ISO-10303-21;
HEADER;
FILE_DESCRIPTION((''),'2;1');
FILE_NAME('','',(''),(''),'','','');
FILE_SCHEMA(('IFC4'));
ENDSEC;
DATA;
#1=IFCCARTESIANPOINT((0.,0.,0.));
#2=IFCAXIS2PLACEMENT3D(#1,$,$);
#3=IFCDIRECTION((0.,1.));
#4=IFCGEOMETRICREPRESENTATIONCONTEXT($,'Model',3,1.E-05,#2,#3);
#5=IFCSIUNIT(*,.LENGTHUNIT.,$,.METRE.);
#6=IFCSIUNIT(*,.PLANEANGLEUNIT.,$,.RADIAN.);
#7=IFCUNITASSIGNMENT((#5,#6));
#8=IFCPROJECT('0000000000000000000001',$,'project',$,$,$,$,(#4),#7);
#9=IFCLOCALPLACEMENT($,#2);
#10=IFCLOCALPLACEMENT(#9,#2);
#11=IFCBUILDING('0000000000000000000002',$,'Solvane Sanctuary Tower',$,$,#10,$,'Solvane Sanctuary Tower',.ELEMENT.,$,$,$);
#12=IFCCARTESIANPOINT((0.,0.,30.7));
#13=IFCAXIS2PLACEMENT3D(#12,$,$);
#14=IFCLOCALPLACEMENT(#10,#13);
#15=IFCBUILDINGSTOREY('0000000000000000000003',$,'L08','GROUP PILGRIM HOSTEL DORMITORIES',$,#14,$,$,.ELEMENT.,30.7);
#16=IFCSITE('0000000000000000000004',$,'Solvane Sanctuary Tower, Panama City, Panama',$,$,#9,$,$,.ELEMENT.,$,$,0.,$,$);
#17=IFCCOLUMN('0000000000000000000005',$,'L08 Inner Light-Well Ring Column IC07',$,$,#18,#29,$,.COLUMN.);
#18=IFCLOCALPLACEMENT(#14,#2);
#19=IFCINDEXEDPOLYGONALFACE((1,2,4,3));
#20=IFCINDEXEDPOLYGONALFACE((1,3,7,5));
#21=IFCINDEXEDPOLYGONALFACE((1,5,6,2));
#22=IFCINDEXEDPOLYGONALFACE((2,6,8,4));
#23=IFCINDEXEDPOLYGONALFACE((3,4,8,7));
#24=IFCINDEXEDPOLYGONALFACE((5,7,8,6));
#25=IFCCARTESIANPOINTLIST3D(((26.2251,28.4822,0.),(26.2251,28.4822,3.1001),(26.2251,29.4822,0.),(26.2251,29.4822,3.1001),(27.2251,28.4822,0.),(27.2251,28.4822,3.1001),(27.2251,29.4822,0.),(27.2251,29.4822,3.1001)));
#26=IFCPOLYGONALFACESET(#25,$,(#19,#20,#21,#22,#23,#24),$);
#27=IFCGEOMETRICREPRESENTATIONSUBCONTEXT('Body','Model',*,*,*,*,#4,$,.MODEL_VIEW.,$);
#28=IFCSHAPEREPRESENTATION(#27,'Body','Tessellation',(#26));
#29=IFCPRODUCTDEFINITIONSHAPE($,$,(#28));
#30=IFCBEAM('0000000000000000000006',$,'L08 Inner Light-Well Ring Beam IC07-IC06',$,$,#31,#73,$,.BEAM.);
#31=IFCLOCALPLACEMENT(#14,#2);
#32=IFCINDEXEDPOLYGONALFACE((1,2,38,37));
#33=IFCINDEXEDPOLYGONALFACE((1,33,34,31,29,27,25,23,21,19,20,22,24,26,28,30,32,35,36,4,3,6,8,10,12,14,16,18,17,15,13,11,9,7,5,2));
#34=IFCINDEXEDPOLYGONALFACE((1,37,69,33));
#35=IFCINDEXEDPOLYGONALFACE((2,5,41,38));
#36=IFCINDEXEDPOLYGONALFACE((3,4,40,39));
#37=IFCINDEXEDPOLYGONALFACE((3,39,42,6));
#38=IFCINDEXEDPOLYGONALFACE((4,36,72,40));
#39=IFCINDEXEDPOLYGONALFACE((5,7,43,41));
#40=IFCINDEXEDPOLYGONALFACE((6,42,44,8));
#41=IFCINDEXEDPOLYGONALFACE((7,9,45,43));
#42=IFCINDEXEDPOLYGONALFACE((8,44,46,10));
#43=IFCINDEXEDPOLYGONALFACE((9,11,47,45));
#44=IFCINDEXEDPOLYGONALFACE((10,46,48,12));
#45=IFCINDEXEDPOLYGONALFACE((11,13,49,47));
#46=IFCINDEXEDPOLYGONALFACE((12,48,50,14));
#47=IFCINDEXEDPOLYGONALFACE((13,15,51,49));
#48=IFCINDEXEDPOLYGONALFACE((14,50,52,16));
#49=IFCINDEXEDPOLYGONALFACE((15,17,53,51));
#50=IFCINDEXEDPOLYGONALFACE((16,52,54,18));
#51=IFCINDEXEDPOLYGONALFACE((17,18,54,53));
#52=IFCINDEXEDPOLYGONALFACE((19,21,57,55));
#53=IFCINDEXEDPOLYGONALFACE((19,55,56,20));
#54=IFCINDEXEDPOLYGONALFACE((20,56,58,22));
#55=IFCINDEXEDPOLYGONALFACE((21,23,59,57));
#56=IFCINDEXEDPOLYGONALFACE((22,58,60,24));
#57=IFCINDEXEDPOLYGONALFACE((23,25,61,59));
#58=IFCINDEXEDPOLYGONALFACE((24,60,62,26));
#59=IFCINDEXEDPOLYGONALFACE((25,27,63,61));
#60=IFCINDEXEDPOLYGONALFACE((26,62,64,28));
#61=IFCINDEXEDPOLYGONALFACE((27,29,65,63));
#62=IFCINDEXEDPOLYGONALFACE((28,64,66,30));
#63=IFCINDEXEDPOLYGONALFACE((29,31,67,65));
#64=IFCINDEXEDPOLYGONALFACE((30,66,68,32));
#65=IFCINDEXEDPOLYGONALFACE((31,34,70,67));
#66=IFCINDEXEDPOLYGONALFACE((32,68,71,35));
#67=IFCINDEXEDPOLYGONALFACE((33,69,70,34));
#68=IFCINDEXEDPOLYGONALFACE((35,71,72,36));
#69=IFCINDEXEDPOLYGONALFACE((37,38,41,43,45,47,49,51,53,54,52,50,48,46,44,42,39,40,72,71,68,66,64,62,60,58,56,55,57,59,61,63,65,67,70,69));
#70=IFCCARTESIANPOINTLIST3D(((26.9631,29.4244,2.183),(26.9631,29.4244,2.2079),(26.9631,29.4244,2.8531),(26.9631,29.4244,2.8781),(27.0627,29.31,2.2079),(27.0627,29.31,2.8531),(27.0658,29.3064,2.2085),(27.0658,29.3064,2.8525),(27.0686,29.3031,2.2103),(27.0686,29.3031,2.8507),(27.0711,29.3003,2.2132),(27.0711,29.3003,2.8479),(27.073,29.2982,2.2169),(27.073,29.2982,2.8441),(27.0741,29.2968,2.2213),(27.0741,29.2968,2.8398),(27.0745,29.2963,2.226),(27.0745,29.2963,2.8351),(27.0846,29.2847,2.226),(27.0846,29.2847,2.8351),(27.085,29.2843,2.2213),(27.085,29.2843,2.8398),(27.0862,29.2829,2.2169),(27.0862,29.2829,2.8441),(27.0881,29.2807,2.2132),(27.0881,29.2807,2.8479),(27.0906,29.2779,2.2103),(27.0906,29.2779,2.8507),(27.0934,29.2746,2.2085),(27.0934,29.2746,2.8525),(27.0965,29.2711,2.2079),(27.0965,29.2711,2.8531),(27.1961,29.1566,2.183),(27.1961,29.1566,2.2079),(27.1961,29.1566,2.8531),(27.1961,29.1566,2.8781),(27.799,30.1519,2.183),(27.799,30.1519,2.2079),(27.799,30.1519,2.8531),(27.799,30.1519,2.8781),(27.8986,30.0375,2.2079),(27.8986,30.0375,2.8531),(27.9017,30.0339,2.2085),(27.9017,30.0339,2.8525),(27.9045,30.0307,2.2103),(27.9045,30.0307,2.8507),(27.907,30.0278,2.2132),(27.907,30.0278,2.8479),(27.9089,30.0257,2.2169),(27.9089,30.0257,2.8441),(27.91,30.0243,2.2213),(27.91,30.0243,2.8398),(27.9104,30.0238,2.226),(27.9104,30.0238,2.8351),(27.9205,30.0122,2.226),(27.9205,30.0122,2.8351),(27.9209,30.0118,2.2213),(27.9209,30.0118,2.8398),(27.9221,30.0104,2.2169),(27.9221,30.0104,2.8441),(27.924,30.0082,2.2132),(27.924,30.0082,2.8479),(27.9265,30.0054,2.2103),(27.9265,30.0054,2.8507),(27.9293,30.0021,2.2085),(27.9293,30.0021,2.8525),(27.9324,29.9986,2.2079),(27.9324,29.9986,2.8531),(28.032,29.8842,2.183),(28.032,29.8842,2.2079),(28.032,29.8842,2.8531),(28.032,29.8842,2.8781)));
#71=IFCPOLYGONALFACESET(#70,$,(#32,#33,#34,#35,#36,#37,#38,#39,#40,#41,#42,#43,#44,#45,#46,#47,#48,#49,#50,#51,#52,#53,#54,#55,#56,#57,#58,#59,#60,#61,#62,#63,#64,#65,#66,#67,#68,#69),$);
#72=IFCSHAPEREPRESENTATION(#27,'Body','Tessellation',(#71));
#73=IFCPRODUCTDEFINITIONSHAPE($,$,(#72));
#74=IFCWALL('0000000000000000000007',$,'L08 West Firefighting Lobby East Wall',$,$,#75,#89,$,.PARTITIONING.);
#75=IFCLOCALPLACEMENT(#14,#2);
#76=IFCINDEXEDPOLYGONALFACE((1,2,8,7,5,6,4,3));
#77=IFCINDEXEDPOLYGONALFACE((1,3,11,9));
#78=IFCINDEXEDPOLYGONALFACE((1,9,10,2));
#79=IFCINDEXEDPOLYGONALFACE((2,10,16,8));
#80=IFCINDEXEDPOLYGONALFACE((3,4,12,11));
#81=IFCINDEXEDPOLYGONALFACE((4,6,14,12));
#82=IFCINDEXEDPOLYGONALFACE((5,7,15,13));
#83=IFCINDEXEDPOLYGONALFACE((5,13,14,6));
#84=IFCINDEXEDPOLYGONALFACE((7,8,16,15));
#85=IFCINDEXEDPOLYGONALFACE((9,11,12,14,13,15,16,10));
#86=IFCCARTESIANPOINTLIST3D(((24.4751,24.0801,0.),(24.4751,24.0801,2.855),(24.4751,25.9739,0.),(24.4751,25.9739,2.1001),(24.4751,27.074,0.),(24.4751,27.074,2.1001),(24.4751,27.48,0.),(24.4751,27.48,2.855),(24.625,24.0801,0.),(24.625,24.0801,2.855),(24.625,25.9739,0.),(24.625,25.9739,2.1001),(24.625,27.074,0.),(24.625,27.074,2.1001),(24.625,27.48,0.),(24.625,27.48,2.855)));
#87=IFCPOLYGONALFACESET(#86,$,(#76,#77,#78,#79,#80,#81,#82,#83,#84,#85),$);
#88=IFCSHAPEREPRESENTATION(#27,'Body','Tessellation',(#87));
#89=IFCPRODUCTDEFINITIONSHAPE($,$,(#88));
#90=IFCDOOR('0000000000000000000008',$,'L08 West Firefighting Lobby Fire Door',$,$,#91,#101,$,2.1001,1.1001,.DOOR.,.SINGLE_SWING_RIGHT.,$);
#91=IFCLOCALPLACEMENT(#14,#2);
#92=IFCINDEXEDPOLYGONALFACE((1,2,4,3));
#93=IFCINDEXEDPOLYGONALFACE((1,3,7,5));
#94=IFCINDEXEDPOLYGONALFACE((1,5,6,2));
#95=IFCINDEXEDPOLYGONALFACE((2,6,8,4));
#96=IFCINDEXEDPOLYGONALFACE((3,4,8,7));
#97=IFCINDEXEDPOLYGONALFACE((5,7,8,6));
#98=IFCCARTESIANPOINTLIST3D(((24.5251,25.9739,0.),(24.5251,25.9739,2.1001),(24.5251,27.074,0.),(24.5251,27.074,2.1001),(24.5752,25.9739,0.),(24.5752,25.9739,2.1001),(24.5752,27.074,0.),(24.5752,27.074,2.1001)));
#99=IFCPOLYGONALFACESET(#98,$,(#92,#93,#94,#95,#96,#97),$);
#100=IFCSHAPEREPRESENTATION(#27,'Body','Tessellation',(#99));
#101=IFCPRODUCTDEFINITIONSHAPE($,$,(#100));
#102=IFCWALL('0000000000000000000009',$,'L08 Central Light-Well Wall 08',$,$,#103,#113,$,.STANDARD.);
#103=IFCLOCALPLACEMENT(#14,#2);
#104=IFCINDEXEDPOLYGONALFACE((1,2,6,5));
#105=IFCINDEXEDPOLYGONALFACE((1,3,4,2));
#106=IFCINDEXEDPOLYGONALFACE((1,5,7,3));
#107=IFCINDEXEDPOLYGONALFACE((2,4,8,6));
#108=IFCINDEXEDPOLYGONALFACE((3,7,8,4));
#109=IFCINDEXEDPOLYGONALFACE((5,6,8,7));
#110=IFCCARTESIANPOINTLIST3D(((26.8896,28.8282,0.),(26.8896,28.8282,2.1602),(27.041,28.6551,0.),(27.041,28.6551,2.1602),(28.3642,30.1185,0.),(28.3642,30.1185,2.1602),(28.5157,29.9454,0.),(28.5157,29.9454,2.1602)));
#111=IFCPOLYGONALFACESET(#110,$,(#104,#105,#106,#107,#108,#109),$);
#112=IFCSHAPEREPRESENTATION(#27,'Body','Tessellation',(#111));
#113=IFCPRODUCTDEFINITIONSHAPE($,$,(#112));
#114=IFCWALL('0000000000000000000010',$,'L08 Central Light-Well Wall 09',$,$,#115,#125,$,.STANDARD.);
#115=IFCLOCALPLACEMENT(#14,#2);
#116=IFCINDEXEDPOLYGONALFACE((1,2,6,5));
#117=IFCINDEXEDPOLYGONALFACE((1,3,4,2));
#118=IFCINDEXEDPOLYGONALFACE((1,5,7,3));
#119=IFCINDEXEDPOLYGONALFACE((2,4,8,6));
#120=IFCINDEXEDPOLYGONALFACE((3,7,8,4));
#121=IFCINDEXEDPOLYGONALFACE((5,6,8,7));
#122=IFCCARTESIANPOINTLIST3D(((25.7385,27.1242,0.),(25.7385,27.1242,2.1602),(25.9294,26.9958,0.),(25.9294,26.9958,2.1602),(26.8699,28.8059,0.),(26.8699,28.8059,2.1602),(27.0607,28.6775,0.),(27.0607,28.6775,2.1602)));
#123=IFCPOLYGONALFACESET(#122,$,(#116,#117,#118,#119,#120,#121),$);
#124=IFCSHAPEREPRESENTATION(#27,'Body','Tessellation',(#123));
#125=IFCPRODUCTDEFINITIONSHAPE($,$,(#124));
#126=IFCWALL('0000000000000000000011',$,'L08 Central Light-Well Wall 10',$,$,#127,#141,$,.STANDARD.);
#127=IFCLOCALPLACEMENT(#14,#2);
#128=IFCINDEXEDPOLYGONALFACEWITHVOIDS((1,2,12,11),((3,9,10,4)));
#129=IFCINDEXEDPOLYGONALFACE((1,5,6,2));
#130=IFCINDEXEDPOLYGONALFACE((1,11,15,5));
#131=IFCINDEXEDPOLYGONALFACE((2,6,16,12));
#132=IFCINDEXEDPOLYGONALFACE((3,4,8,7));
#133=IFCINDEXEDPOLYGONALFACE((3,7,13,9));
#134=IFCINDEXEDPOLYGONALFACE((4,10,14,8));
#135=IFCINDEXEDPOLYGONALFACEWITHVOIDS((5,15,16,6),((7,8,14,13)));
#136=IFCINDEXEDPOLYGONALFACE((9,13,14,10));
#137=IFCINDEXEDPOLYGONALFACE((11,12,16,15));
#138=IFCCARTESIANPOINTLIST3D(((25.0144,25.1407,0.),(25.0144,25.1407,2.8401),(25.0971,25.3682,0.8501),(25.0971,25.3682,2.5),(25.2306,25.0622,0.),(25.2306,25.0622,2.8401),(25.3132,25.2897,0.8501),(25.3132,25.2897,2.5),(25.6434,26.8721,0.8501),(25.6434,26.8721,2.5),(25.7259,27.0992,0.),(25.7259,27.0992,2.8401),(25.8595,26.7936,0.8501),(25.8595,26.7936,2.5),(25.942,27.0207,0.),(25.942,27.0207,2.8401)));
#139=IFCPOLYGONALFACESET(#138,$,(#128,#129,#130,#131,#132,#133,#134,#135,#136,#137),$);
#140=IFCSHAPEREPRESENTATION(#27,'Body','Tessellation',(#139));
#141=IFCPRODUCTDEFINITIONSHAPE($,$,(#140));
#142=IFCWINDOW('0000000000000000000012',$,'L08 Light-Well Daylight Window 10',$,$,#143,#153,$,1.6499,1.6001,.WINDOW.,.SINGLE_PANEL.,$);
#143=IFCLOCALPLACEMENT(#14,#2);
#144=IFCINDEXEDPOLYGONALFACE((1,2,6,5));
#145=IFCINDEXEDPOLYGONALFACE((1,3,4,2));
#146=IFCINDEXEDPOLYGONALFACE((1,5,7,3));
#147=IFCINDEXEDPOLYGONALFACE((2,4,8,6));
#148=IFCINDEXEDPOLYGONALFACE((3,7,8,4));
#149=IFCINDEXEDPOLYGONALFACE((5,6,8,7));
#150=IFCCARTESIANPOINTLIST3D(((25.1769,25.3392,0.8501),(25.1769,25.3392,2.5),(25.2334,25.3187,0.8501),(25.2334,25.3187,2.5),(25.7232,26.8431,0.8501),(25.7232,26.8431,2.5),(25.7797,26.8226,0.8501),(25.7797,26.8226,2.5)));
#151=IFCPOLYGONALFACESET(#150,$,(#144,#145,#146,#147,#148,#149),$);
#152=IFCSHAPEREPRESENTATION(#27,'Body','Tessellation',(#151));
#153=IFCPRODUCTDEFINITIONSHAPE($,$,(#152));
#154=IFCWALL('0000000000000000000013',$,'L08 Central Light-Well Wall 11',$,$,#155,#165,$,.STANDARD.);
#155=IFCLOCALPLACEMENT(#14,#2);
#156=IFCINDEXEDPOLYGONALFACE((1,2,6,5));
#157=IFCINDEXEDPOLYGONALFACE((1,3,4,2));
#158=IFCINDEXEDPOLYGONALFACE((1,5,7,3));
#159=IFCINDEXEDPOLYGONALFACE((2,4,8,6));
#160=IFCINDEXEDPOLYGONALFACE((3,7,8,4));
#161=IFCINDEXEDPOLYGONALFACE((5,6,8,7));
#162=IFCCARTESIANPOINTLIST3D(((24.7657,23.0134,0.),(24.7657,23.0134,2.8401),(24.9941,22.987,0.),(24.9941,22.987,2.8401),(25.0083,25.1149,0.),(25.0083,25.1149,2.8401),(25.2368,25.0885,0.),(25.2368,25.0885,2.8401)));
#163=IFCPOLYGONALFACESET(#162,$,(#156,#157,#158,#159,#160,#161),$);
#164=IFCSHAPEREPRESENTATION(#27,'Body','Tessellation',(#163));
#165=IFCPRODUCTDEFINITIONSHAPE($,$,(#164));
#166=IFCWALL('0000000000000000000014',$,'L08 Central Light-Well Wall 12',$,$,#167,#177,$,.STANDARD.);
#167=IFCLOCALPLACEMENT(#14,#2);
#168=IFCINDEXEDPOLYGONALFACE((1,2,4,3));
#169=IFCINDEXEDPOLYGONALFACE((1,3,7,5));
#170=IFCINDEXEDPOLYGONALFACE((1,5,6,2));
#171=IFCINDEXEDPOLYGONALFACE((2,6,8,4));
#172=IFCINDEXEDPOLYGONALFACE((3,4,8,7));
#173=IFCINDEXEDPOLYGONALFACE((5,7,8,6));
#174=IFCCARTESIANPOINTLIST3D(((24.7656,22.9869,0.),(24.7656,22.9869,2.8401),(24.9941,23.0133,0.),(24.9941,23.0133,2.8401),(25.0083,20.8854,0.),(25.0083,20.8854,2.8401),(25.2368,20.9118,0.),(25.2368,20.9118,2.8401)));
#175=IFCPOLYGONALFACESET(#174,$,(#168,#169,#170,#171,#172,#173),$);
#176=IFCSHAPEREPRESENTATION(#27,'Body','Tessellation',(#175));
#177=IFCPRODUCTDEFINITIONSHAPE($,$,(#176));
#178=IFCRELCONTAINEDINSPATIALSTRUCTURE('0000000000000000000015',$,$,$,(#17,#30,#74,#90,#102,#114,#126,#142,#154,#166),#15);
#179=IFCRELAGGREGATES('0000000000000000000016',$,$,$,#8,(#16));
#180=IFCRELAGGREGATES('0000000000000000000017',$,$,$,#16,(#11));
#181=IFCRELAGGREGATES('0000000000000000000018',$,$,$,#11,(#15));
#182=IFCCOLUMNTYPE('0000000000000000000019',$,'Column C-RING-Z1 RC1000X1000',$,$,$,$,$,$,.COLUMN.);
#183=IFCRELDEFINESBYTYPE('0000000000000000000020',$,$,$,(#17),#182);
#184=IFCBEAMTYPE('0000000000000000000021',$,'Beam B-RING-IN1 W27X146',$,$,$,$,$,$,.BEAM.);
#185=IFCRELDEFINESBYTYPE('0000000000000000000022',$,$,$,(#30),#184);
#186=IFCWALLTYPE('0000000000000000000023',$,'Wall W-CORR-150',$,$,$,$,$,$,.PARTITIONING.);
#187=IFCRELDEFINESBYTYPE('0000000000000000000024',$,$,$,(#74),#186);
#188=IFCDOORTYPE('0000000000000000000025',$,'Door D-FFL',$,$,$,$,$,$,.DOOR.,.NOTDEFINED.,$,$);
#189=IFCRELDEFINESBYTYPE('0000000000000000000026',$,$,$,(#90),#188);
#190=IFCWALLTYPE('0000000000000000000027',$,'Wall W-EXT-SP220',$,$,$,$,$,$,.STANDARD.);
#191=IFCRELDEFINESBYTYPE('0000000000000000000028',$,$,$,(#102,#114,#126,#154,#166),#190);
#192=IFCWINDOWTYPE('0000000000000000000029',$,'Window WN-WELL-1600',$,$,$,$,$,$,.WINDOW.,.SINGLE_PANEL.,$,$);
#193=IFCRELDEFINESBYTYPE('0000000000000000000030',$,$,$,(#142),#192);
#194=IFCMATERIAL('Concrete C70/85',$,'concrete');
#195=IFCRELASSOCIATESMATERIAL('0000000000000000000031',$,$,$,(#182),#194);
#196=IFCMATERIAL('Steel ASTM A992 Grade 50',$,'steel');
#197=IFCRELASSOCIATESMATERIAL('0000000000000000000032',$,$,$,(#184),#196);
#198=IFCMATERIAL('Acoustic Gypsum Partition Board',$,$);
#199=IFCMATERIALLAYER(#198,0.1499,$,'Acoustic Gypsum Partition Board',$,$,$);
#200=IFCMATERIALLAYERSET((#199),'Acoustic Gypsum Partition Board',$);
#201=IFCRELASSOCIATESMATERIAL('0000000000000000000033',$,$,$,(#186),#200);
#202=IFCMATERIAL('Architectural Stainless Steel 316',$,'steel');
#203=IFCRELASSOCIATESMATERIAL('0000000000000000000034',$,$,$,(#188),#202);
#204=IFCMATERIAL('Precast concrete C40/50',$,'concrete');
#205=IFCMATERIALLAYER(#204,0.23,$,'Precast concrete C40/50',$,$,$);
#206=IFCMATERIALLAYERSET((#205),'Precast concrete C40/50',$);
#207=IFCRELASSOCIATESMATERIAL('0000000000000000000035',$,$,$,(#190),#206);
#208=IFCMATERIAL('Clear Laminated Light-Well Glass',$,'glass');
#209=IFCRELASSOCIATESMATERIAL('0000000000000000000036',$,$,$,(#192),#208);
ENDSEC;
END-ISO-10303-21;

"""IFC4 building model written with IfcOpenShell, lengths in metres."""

from ifc_helpers import new_model, si_unit, direction, frame, frame_2d, origin, origin_2d, place, context, subcontext, project, spatial, rectangle, i_section, extrude, material, layer, layer_set, material_profile, profile_set, type_object, element, fill, save


model = new_model("IFC4")

# Units and contexts
model_context = context("Model", 3, precision=1e-05, world=origin(), true_north=direction((0.0, 1.0)))
body_context = subcontext(model_context, "Body", "Model", "MODEL_VIEW")
ifc_project = project(units=[si_unit("LENGTHUNIT", "METRE"), si_unit("PLANEANGLEUNIT", "RADIAN")], contexts=[model_context])

# Site, building, storey
site_placement = place(None, origin())
site = spatial("IfcSite", under=ifc_project, at=site_placement, Name="Solvane Sanctuary Tower, Panama City, Panama", CompositionType="ELEMENT", RefElevation=0.0)
building_placement = place(site_placement, origin())
building = spatial("IfcBuilding", under=site, at=building_placement, Name="Solvane Sanctuary Tower", LongName="Solvane Sanctuary Tower", CompositionType="ELEMENT")
storey_placement = place(building_placement, frame((0.0, 0.0, 30.7)))
storey = spatial("IfcBuildingStorey", under=building, at=storey_placement, Name="L08", Description="GROUP PILGRIM HOSTEL DORMITORIES", CompositionType="ELEMENT", Elevation=30.7)

# Column
ifc_material_1 = material(Name="Concrete C70/85", Category="concrete")
ifc_material_profile_1 = material_profile(ifc_material_1, rectangle(XDim=1.0, YDim=1.0, at=origin_2d()), Name="RC1000X1000")
ifc_profile_set_1 = profile_set([ifc_material_profile_1], Name="Concrete C70/85")
column_type = type_object("IfcColumnType", Name="Column C-RING-Z1 RC1000X1000", PredefinedType="COLUMN", material=ifc_profile_set_1)
column_placement = place(storey_placement, frame((26.7251, 28.9822, 0.0), z_axis=(0.0, 0.0, 1.0), x_axis=(1.0, 0.0, 0.0)))
element("IfcColumn", 1, at=column_placement, inside=storey, type_object=column_type, Name="L08 Inner Light-Well Ring Column IC07", PredefinedType="COLUMN", context=body_context, shape_type="SweptSolid", body=[
    extrude(rectangle(XDim=1.0, YDim=1.0, at=origin_2d()), origin(), (0.0, 0.0, 1.0), 3.1001),
])

# Beam
ifc_material_2 = material(Name="Steel ASTM A992 Grade 50", Category="steel")
ifc_material_profile_2 = material_profile(ifc_material_2, i_section(OverallWidth=0.355, OverallDepth=0.6951, WebThickness=0.0154, FlangeThickness=0.0249, FilletRadius=0.0181, at=origin_2d()), Name="W27X146")
ifc_profile_set_2 = profile_set([ifc_material_profile_2], Name="Steel ASTM A992 Grade 50")
beam_type = type_object("IfcBeamType", Name="Beam B-RING-IN1 W27X146", PredefinedType="BEAM", material=ifc_profile_set_2)
beam_placement = place(storey_placement, frame((27.0796, 29.2905, 2.5305), z_axis=(0.754321, 0.656506, 0.0), x_axis=(-0.656506, 0.754321, 0.0)))
element("IfcBeam", 2, at=beam_placement, inside=storey, type_object=beam_type, Name="L08 Inner Light-Well Ring Beam IC07-IC06", PredefinedType="BEAM", context=body_context, shape_type="SweptSolid", body=[
    extrude(i_section(OverallWidth=0.355, OverallDepth=0.6951, WebThickness=0.0154, FlangeThickness=0.0249, FilletRadius=0.0181, at=origin_2d()), origin(), (0.0, 0.0, 1.0), 1.1082),
])

# Wall, opening, door
ifc_material_3 = material(Name="Acoustic Gypsum Partition Board")
ifc_layer_1 = layer(ifc_material_3, 0.1499, Name="Acoustic Gypsum Partition Board")
ifc_layer_set_1 = layer_set([ifc_layer_1], Name="Acoustic Gypsum Partition Board")
wall_type_1 = type_object("IfcWallType", Name="Wall W-CORR-150", PredefinedType="PARTITIONING", material=ifc_layer_set_1)
wall_1_placement = place(storey_placement, frame((24.55, 24.0801, 0.0), z_axis=(0.0, 0.0, 1.0), x_axis=(0.0, 1.0, 0.0)))
wall_1 = element("IfcWall", 3, at=wall_1_placement, inside=storey, type_object=wall_type_1, Name="L08 West Firefighting Lobby East Wall", PredefinedType="PARTITIONING", context=body_context, shape_type="SweptSolid", body=[
    extrude(rectangle(XDim=3.3999, YDim=0.1499, at=frame_2d((1.7, 0.0))), origin(), (0.0, 0.0, 1.0), 2.855),
])
opening_1_placement = place(wall_1_placement, frame((1.8938, 0.0, 0.0)))
opening_1 = element("IfcOpeningElement", 4, at=opening_1_placement, cuts=wall_1, PredefinedType="OPENING", context=body_context, shape_type="SweptSolid", body=[
    extrude(rectangle(XDim=1.1001, YDim=2.1001, at=frame_2d((0.55, 1.05))), frame((0.0, 0.085, 0.0), z_axis=(0.0, -1.0, 0.0), x_axis=(1.0, 0.0, 0.0)), (0.0, 0.0, 1.0), 0.1699),
])
ifc_material_4 = material(Name="Architectural Stainless Steel 316", Category="steel")
door_type_1 = type_object("IfcDoorType", Name="Door D-FFL", OperationType="NOTDEFINED", PredefinedType="DOOR", material=ifc_material_4)
door_1_placement = place(opening_1_placement, origin())
door_1 = element("IfcDoor", 5, at=door_1_placement, inside=storey, type_object=door_type_1, Name="L08 West Firefighting Lobby Fire Door", OperationType="SINGLE_SWING_RIGHT", OverallHeight=2.1001, OverallWidth=1.1001, PredefinedType="DOOR", context=body_context, shape_type="SweptSolid", body=[
    extrude(rectangle(XDim=1.1001, YDim=2.1001, at=frame_2d((0.55, 1.05))), frame((0.0, 0.0249, 0.0), z_axis=(0.0, -1.0, 0.0), x_axis=(1.0, 0.0, 0.0)), (0.0, 0.0, 1.0), 0.05),
])
fill(opening_1, door_1)

# Walls
ifc_material_5 = material(Name="Precast concrete C40/50", Category="concrete")
ifc_layer_2 = layer(ifc_material_5, 0.23, Name="Precast concrete C40/50")
ifc_layer_set_2 = layer_set([ifc_layer_2], Name="Precast concrete C40/50")
wall_type_2 = type_object("IfcWallType", Name="Wall W-EXT-SP220", PredefinedType="STANDARD", material=ifc_layer_set_2)
wall_2_placement = place(storey_placement, frame((28.4399, 30.032, 0.0), z_axis=(0.0, 0.0, 1.0), x_axis=(-0.752577, -0.658505, 0.0)))
element("IfcWall", 6, at=wall_2_placement, inside=storey, type_object=wall_type_2, Name="L08 Central Light-Well Wall 08", PredefinedType="STANDARD", context=body_context, shape_type="SweptSolid", body=[
    extrude(rectangle(XDim=1.9595, YDim=0.23, at=frame_2d((0.9797, 0.0))), origin(), (0.0, 0.0, 1.0), 2.1602),
])
wall_3_placement = place(storey_placement, frame((26.9653, 28.7417, 0.0), z_axis=(0.0, 0.0, 1.0), x_axis=(-0.558198, -0.829708, 0.0)))
element("IfcWall", 7, at=wall_3_placement, inside=storey, type_object=wall_type_2, Name="L08 Central Light-Well Wall 09", PredefinedType="STANDARD", context=body_context, shape_type="SweptSolid", body=[
    extrude(rectangle(XDim=2.0269, YDim=0.23, at=frame_2d((1.0134, 0.0))), origin(), (0.0, 0.0, 1.0), 2.1602),
])

# Wall, opening, window
wall_4_placement = place(storey_placement, frame((25.834, 27.0601, 0.0), z_axis=(0.0, 0.0, 1.0), x_axis=(-0.341423, -0.93991, 0.0)))
wall_4 = element("IfcWall", 8, at=wall_4_placement, inside=storey, type_object=wall_type_2, Name="L08 Central Light-Well Wall 10", PredefinedType="STANDARD", context=body_context, shape_type="SweptSolid", body=[
    extrude(rectangle(XDim=2.0837, YDim=0.23, at=frame_2d((1.042, 0.0))), origin(), (0.0, 0.0, 1.0), 2.8401),
])
opening_2_placement = place(wall_4_placement, frame((0.2417, 0.0, 0.8501)))
opening_2 = element("IfcOpeningElement", 9, at=opening_2_placement, cuts=wall_4, PredefinedType="OPENING", context=body_context, shape_type="SweptSolid", body=[
    extrude(rectangle(XDim=1.6001, YDim=1.6499, at=frame_2d((0.8, 0.825))), frame((0.0, 0.125, 0.0), z_axis=(0.0, -1.0, 0.0), x_axis=(1.0, 0.0, 0.0)), (0.0, 0.0, 1.0), 0.25),
])
ifc_material_6 = material(Name="Clear Laminated Light-Well Glass", Category="glass")
window_type = type_object("IfcWindowType", Name="Window WN-WELL-1600", PartitioningType="SINGLE_PANEL", PredefinedType="WINDOW", material=ifc_material_6)
window_1_placement = place(opening_2_placement, origin())
window_1 = element("IfcWindow", 10, at=window_1_placement, inside=storey, type_object=window_type, Name="L08 Light-Well Daylight Window 10", OverallHeight=1.6499, OverallWidth=1.6001, PartitioningType="SINGLE_PANEL", PredefinedType="WINDOW", context=body_context, shape_type="SweptSolid", body=[
    extrude(rectangle(XDim=1.6001, YDim=1.6499, at=frame_2d((0.8, 0.825))), frame((0.0, 0.03, 0.0), z_axis=(0.0, -1.0, 0.0), x_axis=(1.0, 0.0, 0.0)), (0.0, 0.0, 1.0), 0.0601),
])
fill(opening_2, window_1)

# Walls
for number, where, z_axis, x_axis, name in (
    (11, (25.1226, 25.1016, 0.0), (0.0, 0.0, 1.0), (-0.114712, -0.993399, 0.0), "L08 Central Light-Well Wall 11"),
    (12, (24.8799, 23.0, 0.0), (0.0, 0.0, 1.0), (0.114712, -0.993399, 0.0), "L08 Central Light-Well Wall 12"),
):
    element("IfcWall", number, at=place(storey_placement, frame(where, z_axis=z_axis, x_axis=x_axis)), inside=storey, type_object=wall_type_2, Name=name, PredefinedType="STANDARD", context=body_context, shape_type="SweptSolid", body=[
        extrude(rectangle(XDim=2.1155, YDim=0.23, at=frame_2d((1.0576, 0.0))), origin(), (0.0, 0.0, 1.0), 2.8401),
    ])

save(model, "model.ifc")
